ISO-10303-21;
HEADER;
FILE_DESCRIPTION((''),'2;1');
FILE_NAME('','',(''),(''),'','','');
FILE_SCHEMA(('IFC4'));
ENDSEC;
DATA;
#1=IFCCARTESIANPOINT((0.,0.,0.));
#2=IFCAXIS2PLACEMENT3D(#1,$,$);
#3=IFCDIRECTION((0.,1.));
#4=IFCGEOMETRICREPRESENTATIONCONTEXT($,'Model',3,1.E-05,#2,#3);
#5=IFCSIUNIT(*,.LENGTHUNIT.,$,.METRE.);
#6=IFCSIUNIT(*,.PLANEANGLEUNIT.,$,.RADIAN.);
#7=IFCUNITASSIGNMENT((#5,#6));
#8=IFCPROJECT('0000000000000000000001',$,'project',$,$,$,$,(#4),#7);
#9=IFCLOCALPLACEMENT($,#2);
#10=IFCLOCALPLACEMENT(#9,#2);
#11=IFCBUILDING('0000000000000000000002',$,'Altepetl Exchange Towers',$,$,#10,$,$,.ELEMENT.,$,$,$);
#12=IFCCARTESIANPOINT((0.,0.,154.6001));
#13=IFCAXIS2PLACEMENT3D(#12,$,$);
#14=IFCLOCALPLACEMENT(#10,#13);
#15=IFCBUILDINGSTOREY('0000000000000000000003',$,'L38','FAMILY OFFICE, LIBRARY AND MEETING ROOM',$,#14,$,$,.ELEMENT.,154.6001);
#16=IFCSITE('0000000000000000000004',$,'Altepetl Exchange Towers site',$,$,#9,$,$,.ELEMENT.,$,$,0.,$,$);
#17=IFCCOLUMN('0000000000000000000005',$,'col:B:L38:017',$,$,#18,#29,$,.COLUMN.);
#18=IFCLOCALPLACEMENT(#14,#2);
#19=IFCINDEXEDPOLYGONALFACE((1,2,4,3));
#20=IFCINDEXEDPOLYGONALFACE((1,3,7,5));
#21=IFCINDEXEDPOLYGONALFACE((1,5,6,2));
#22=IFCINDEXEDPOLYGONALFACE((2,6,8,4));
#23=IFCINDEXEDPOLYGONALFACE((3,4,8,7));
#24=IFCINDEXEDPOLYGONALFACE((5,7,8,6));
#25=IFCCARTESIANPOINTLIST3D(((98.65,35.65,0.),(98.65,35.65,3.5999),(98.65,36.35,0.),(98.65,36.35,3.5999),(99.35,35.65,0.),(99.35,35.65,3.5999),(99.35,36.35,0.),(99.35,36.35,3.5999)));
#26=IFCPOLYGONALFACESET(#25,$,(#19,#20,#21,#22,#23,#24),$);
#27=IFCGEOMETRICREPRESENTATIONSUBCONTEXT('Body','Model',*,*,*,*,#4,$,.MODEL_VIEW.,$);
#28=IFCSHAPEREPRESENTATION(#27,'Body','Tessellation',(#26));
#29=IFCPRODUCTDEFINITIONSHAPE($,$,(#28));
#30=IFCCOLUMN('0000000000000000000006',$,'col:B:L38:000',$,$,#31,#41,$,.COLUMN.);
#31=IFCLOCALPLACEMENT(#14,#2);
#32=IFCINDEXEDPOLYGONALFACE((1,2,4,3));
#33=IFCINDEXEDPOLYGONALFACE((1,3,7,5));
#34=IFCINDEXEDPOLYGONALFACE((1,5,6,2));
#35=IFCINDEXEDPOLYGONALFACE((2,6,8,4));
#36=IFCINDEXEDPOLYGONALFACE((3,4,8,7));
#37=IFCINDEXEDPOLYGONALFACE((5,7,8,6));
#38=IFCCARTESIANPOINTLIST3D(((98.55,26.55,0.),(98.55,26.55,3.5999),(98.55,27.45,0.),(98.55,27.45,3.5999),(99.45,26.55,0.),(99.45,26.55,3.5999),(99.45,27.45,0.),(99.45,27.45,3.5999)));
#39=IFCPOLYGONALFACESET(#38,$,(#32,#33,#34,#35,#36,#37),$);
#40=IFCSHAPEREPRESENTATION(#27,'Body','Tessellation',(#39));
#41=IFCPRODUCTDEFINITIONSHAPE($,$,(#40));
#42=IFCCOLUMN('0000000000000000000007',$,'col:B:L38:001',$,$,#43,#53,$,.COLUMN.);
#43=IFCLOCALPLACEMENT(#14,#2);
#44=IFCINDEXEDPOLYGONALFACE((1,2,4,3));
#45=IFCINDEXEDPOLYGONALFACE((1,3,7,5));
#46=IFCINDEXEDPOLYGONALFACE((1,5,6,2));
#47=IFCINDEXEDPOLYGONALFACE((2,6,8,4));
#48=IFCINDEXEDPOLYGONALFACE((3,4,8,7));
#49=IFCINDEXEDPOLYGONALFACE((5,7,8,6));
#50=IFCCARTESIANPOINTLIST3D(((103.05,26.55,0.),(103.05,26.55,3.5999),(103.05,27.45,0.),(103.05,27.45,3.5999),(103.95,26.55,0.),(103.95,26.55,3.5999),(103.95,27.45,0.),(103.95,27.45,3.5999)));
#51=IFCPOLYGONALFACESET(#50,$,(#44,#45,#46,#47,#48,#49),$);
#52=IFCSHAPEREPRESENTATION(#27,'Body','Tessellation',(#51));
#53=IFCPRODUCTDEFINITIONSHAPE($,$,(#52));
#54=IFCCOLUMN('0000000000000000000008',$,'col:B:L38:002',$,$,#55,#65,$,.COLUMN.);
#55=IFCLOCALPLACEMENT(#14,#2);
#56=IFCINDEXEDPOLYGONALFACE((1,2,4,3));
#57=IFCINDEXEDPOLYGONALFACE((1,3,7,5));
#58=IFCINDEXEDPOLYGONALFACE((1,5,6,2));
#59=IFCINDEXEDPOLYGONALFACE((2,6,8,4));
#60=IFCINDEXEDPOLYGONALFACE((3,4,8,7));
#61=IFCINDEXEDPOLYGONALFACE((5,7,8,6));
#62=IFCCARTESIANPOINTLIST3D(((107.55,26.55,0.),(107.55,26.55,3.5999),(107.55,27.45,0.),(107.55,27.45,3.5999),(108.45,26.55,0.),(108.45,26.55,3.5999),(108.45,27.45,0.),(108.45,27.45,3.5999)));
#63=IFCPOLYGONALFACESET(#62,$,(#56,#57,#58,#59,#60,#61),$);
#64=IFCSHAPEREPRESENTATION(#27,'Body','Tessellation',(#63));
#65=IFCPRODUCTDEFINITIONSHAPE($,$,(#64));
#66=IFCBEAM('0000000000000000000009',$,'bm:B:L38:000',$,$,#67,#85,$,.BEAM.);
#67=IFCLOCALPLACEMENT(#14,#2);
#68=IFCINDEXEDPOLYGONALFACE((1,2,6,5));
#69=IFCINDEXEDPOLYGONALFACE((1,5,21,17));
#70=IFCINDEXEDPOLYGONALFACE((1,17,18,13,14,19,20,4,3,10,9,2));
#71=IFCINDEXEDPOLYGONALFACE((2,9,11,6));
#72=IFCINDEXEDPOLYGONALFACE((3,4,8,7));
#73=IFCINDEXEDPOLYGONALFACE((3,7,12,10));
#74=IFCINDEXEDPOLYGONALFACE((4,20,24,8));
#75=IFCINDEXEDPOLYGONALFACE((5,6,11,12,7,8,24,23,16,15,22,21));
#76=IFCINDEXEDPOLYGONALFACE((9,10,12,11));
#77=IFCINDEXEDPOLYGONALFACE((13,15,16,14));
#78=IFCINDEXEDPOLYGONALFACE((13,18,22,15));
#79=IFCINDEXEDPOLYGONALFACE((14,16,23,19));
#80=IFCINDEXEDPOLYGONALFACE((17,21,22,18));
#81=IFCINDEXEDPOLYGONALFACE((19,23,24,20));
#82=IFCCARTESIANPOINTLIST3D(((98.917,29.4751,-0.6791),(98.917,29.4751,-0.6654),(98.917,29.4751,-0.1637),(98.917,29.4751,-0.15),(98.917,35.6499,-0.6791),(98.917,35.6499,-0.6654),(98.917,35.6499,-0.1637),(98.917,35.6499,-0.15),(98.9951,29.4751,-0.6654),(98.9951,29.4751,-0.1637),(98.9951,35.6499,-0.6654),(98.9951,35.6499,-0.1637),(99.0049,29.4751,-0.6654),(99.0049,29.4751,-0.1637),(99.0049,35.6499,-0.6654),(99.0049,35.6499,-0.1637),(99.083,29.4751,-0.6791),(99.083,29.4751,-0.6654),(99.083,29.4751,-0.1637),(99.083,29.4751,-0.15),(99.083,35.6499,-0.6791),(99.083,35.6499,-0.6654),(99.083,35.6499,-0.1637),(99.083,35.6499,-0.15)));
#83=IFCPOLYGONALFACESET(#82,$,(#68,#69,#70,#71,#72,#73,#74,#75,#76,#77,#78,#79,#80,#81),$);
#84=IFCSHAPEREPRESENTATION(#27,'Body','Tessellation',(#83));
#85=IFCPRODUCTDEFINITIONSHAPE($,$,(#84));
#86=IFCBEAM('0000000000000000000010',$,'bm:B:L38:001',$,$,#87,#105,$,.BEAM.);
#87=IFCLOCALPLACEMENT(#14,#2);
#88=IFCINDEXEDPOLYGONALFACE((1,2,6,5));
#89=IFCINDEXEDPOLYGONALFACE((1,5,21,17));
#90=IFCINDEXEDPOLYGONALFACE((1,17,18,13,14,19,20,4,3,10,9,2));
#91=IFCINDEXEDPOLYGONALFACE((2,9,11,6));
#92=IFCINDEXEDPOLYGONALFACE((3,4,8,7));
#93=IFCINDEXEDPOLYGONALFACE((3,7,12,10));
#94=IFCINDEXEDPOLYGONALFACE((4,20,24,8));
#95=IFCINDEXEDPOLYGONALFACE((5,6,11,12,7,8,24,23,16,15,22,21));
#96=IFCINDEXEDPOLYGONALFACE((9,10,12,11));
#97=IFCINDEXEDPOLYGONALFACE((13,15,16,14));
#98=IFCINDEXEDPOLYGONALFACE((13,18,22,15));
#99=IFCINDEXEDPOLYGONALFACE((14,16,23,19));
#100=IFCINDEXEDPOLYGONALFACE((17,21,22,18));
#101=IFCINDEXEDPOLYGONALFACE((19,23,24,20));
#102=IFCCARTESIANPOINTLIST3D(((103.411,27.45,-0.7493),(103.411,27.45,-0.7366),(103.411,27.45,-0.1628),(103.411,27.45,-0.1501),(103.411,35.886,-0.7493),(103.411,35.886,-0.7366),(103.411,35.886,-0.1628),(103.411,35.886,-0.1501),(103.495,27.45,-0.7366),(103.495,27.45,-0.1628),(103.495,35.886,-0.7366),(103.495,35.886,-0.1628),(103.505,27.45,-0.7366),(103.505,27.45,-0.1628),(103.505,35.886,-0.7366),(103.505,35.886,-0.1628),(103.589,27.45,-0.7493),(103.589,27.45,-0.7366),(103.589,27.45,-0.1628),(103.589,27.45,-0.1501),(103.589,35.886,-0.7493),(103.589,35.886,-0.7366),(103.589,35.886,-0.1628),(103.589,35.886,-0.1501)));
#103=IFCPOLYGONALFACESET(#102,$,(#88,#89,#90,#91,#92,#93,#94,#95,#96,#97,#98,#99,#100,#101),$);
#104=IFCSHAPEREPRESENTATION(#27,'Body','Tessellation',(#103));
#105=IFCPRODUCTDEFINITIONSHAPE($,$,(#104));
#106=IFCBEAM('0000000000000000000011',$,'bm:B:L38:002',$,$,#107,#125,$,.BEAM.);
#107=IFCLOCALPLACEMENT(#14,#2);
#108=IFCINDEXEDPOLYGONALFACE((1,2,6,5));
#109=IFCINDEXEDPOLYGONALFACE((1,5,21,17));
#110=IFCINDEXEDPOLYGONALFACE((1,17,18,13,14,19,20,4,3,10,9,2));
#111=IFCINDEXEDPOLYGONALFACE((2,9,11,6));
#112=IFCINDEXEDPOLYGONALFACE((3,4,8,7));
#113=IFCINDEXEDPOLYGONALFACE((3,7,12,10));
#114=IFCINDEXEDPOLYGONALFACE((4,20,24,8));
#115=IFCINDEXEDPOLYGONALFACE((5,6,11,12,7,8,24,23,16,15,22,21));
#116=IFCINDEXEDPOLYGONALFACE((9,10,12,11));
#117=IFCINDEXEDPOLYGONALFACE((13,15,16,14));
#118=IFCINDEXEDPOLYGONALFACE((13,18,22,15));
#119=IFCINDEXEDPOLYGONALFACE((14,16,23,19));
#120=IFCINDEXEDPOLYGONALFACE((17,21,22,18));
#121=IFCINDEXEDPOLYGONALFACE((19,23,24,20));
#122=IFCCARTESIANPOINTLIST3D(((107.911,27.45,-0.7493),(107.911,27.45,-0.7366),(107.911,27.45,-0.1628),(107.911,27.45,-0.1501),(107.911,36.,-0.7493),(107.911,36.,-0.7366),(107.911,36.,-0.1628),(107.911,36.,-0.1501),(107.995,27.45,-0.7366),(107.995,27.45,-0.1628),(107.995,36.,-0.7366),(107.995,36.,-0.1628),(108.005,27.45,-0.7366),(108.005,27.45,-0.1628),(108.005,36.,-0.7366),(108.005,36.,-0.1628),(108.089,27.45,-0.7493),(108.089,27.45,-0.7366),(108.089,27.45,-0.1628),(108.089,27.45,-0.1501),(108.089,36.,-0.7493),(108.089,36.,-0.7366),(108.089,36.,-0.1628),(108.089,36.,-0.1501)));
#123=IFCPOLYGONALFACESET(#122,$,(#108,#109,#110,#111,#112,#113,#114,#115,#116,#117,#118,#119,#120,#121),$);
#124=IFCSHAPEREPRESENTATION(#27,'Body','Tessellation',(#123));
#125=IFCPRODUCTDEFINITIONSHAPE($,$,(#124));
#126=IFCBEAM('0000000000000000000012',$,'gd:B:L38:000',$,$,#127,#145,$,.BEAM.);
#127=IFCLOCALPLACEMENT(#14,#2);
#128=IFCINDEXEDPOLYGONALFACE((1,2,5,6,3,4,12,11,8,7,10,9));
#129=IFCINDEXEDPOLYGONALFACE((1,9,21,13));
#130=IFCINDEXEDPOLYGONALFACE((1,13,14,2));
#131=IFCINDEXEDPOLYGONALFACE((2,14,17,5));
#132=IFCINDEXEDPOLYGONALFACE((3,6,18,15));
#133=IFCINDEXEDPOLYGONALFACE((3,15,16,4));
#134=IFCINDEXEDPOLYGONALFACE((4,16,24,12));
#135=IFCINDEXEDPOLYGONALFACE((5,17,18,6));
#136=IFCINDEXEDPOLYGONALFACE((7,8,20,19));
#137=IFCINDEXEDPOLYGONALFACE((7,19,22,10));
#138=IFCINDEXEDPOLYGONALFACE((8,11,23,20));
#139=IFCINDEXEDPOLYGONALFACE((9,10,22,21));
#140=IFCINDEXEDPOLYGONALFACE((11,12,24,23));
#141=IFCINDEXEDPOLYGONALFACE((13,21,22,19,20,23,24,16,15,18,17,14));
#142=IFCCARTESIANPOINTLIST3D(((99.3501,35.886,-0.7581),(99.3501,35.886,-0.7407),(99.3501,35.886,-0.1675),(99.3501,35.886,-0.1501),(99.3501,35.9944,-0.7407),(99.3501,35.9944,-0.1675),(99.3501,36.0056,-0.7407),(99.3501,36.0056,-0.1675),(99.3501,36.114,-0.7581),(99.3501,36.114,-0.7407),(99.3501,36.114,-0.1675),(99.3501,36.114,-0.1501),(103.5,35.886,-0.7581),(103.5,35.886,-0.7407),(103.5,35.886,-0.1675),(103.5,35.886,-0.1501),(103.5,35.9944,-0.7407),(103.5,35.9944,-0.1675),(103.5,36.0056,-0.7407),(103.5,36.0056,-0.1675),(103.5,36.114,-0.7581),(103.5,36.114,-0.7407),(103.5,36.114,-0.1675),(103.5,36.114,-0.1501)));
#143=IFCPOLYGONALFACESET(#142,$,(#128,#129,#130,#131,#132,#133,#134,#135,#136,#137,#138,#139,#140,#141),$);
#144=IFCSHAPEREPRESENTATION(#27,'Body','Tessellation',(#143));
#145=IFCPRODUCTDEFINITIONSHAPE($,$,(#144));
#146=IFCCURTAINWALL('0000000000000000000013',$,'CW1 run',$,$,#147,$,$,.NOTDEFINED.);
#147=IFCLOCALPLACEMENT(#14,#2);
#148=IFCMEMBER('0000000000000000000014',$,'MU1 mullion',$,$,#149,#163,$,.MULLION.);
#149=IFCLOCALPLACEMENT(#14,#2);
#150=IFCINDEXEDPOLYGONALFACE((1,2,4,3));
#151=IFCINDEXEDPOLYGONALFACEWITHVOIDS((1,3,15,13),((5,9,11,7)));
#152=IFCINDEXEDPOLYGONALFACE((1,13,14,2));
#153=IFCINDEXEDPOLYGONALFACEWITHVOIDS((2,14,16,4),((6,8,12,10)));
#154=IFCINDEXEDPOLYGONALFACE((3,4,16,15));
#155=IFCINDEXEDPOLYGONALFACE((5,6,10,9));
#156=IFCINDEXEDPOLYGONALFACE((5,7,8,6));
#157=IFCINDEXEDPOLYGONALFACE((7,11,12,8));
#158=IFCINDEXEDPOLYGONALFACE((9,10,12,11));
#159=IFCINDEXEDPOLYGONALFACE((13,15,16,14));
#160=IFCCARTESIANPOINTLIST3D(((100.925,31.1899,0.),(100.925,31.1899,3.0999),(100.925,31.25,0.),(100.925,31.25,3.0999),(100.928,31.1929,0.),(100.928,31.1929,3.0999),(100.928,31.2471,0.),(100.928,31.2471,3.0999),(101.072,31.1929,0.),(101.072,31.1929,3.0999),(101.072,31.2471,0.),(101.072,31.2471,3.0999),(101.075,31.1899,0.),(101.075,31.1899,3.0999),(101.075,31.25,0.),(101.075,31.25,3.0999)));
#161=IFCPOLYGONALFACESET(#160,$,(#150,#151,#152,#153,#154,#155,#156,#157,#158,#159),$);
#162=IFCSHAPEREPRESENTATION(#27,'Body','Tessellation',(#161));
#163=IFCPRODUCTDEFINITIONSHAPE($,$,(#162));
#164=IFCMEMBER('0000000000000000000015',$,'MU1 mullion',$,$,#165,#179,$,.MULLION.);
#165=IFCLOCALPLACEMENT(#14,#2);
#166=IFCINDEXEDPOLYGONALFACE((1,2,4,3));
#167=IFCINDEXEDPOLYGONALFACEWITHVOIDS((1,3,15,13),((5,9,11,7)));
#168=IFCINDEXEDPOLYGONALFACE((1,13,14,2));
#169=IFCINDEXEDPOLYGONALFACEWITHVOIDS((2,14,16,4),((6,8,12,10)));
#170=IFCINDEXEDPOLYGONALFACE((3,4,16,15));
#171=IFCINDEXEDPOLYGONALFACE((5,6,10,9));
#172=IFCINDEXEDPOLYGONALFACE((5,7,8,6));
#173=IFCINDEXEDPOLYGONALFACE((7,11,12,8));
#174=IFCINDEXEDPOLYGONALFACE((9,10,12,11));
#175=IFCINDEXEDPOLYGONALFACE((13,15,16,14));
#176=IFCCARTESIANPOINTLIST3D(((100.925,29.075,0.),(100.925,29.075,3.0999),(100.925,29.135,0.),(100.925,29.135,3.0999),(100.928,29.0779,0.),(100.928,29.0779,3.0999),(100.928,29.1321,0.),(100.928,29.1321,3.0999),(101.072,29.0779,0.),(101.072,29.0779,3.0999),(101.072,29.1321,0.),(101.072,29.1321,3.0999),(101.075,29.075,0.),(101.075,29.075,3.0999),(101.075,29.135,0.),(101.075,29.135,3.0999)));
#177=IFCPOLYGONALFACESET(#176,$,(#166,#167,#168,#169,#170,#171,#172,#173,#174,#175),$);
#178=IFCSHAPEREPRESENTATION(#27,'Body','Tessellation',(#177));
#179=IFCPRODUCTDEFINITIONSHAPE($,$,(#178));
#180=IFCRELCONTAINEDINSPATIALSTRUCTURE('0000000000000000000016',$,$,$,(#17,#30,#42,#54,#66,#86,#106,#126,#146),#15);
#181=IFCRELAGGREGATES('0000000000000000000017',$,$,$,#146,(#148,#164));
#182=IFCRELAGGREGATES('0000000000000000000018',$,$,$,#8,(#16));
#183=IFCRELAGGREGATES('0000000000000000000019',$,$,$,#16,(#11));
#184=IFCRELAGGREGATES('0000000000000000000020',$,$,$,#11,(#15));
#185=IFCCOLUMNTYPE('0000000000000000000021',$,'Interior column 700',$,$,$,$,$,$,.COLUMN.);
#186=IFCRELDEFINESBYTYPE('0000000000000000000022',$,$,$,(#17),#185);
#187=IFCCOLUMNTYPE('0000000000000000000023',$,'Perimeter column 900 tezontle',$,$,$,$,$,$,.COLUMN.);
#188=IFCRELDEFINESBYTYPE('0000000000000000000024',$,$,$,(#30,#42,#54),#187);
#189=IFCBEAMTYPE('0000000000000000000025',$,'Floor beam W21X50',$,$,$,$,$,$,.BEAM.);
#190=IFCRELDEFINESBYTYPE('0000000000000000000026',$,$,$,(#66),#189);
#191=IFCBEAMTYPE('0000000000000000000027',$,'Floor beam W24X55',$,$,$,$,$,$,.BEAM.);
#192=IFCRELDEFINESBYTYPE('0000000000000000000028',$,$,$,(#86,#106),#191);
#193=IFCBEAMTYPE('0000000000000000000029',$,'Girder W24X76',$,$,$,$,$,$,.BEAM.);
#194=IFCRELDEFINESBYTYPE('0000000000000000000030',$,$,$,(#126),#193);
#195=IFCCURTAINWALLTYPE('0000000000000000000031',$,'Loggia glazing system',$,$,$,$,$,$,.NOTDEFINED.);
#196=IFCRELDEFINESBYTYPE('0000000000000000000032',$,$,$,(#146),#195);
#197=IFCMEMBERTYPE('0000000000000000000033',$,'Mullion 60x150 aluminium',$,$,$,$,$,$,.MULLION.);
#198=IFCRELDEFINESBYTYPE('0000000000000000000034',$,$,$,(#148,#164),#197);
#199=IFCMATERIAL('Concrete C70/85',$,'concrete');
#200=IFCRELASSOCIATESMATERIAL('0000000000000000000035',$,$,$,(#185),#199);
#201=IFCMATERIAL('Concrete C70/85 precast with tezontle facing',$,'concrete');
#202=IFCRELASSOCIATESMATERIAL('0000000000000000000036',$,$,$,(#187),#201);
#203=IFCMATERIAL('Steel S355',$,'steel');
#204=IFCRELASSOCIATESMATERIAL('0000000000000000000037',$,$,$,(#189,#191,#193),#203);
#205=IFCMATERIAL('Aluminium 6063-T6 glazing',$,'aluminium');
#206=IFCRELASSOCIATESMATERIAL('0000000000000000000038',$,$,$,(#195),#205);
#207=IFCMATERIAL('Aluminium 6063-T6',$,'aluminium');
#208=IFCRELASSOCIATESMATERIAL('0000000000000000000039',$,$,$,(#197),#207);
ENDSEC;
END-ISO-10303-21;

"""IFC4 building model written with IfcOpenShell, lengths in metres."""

from ifc_helpers import new_model, si_unit, direction, frame, origin, origin_2d, place, context, subcontext, project, spatial, rectangle, hollow_rectangle, i_section, extrude, material, material_profile, profile_set, type_object, element, aggregate, save


model = new_model("IFC4")

# Units and contexts
model_context = context("Model", 3, precision=1e-05, world=origin(), true_north=direction((0.0, 1.0)))
body_context = subcontext(model_context, "Body", "Model", "MODEL_VIEW")
ifc_project = project(units=[si_unit("LENGTHUNIT", "METRE"), si_unit("PLANEANGLEUNIT", "RADIAN")], contexts=[model_context])

# Site, building, storey
site_placement = place(None, origin())
site = spatial("IfcSite", under=ifc_project, at=site_placement, Name="Altepetl Exchange Towers site", CompositionType="ELEMENT", RefElevation=0.0)
building_placement = place(site_placement, origin())
building = spatial("IfcBuilding", under=site, at=building_placement, Name="Altepetl Exchange Towers", CompositionType="ELEMENT")
storey_placement = place(building_placement, frame((0.0, 0.0, 154.6001)))
storey = spatial("IfcBuildingStorey", under=building, at=storey_placement, Name="L38", Description="FAMILY OFFICE, LIBRARY AND MEETING ROOM", CompositionType="ELEMENT", Elevation=154.6001)

# Columns
ifc_material_1 = material(Name="Concrete C70/85", Category="concrete")
ifc_material_profile_1 = material_profile(ifc_material_1, rectangle(XDim=0.7, YDim=0.7, at=origin_2d()), Name="700 x 700")
ifc_profile_set_1 = profile_set([ifc_material_profile_1], Name="Concrete C70/85")
column_type_1 = type_object("IfcColumnType", Name="Interior column 700", PredefinedType="COLUMN", material=ifc_profile_set_1)
column_placement = place(storey_placement, frame((99.0, 36.0, 0.0)))
element("IfcColumn", 1, at=column_placement, inside=storey, type_object=column_type_1, Name="col:B:L38:017", PredefinedType="COLUMN", context=body_context, shape_type="SweptSolid", body=[
    extrude(rectangle(XDim=0.7, YDim=0.7, at=origin_2d()), origin(), (0.0, 0.0, 1.0), 3.5999),
])
ifc_material_2 = material(Name="Concrete C70/85 precast with tezontle facing", Category="concrete")
ifc_material_profile_2 = material_profile(ifc_material_2, rectangle(XDim=0.8999, YDim=0.8999, at=origin_2d()), Name="900 x 900")
ifc_profile_set_2 = profile_set([ifc_material_profile_2], Name="Concrete C70/85 precast with tezontle facing")
column_type_2 = type_object("IfcColumnType", Name="Perimeter column 900 tezontle", PredefinedType="COLUMN", material=ifc_profile_set_2)
for number, where, name in (
    (2, (99.0, 27.0, 0.0), "col:B:L38:000"),
    (3, (103.5, 27.0, 0.0), "col:B:L38:001"),
    (4, (108.0, 27.0, 0.0), "col:B:L38:002"),
):
    element("IfcColumn", number, at=place(storey_placement, frame(where)), inside=storey, type_object=column_type_2, Name=name, PredefinedType="COLUMN", context=body_context, shape_type="SweptSolid", body=[
        extrude(rectangle(XDim=0.8999, YDim=0.8999, at=origin_2d()), origin(), (0.0, 0.0, 1.0), 3.5999),
    ])

# Beams
ifc_material_3 = material(Name="Steel S355", Category="steel")
ifc_material_profile_3 = material_profile(ifc_material_3, i_section(OverallWidth=0.166, OverallDepth=0.5291, WebThickness=0.0098, FlangeThickness=0.0137, at=origin_2d()), Name="W21X50")
ifc_profile_set_3 = profile_set([ifc_material_profile_3], Name="Steel S355")
beam_type_1 = type_object("IfcBeamType", Name="Floor beam W21X50", PredefinedType="BEAM", material=ifc_profile_set_3)
beam_1_placement = place(storey_placement, frame((99.0, 29.4751, -0.4146), z_axis=(0.0, 1.0, 0.0), x_axis=(-1.0, 0.0, 0.0)))
element("IfcBeam", 5, at=beam_1_placement, inside=storey, type_object=beam_type_1, Name="bm:B:L38:000", PredefinedType="BEAM", context=body_context, shape_type="SweptSolid", body=[
    extrude(i_section(OverallWidth=0.166, OverallDepth=0.5291, WebThickness=0.0098, FlangeThickness=0.0137, at=origin_2d()), origin(), (0.0, 0.0, 1.0), 6.1748),
])
ifc_material_profile_4 = material_profile(ifc_material_3, i_section(OverallWidth=0.178, OverallDepth=0.5991, WebThickness=0.01, FlangeThickness=0.0127, at=origin_2d()), Name="W24X55")
ifc_profile_set_4 = profile_set([ifc_material_profile_4], Name="Steel S355")
beam_type_2 = type_object("IfcBeamType", Name="Floor beam W24X55", PredefinedType="BEAM", material=ifc_profile_set_4)
beam_2_placement = place(storey_placement, frame((103.5, 27.45, -0.4497), z_axis=(0.0, 1.0, 0.0), x_axis=(-1.0, 0.0, 0.0)))
element("IfcBeam", 6, at=beam_2_placement, inside=storey, type_object=beam_type_2, Name="bm:B:L38:001", PredefinedType="BEAM", context=body_context, shape_type="SweptSolid", body=[
    extrude(i_section(OverallWidth=0.178, OverallDepth=0.5991, WebThickness=0.01, FlangeThickness=0.0127, at=origin_2d()), origin(), (0.0, 0.0, 1.0), 8.436),
])
beam_3_placement = place(storey_placement, frame((108.0, 27.45, -0.4497), z_axis=(0.0, 1.0, 0.0), x_axis=(-1.0, 0.0, 0.0)))
element("IfcBeam", 7, at=beam_3_placement, inside=storey, type_object=beam_type_2, Name="bm:B:L38:002", PredefinedType="BEAM", context=body_context, shape_type="SweptSolid", body=[
    extrude(i_section(OverallWidth=0.178, OverallDepth=0.5991, WebThickness=0.01, FlangeThickness=0.0127, at=origin_2d()), origin(), (0.0, 0.0, 1.0), 8.55),
])
ifc_material_profile_5 = material_profile(ifc_material_3, i_section(OverallWidth=0.228, OverallDepth=0.6079, WebThickness=0.0112, FlangeThickness=0.0173, at=origin_2d()), Name="W24X76")
ifc_profile_set_5 = profile_set([ifc_material_profile_5], Name="Steel S355")
beam_type_3 = type_object("IfcBeamType", Name="Girder W24X76", PredefinedType="BEAM", material=ifc_profile_set_5)
beam_4_placement = place(storey_placement, frame((103.5, 36.0, -0.4541), z_axis=(-1.0, 0.0, 0.0), x_axis=(0.0, -1.0, 0.0)))
element("IfcBeam", 8, at=beam_4_placement, inside=storey, type_object=beam_type_3, Name="gd:B:L38:000", PredefinedType="BEAM", context=body_context, shape_type="SweptSolid", body=[
    extrude(i_section(OverallWidth=0.228, OverallDepth=0.6079, WebThickness=0.0112, FlangeThickness=0.0173, at=origin_2d()), origin(), (0.0, 0.0, 1.0), 4.1499),
])

# Curtain wall, members
ifc_material_4 = material(Name="Aluminium 6063-T6 glazing", Category="aluminium")
curtain_wall_type = type_object("IfcCurtainWallType", Name="Loggia glazing system", PredefinedType="NOTDEFINED", material=ifc_material_4)
curtain_wall_1_placement = place(storey_placement, origin())
curtain_wall_1 = element("IfcCurtainWall", 9, at=curtain_wall_1_placement, inside=storey, type_object=curtain_wall_type, Name="CW1 run", PredefinedType="NOTDEFINED")
ifc_material_5 = material(Name="Aluminium 6063-T6", Category="aluminium")
ifc_material_profile_6 = material_profile(ifc_material_5, hollow_rectangle(XDim=0.0601, YDim=0.1499, WallThickness=0.0029, at=origin_2d()), Name="Mullion 60x150 aluminium")
ifc_profile_set_6 = profile_set([ifc_material_profile_6], Name="Aluminium 6063-T6")
member_type = type_object("IfcMemberType", Name="Mullion 60x150 aluminium", PredefinedType="MULLION", material=ifc_profile_set_6)
member_1_placement = place(storey_placement, frame((101.0, 31.22, 0.0), z_axis=(0.0, 0.0, 1.0), x_axis=(0.0, -1.0, 0.0)))
member_1 = element("IfcMember", 10, at=member_1_placement, type_object=member_type, Name="MU1 mullion", PredefinedType="MULLION", context=body_context, shape_type="SweptSolid", body=[
    extrude(hollow_rectangle(XDim=0.0601, YDim=0.1499, WallThickness=0.0029, at=origin_2d()), origin(), (0.0, 0.0, 1.0), 3.0999),
])
member_2_placement = place(storey_placement, frame((101.0, 29.105, 0.0), z_axis=(0.0, 0.0, 1.0), x_axis=(0.0, -1.0, 0.0)))
member_2 = element("IfcMember", 11, at=member_2_placement, type_object=member_type, Name="MU1 mullion", PredefinedType="MULLION", context=body_context, shape_type="SweptSolid", body=[
    extrude(hollow_rectangle(XDim=0.0601, YDim=0.1499, WallThickness=0.0029, at=origin_2d()), origin(), (0.0, 0.0, 1.0), 3.0999),
])

aggregate(curtain_wall_1, [member_1, member_2])

save(model, "model.ifc")
